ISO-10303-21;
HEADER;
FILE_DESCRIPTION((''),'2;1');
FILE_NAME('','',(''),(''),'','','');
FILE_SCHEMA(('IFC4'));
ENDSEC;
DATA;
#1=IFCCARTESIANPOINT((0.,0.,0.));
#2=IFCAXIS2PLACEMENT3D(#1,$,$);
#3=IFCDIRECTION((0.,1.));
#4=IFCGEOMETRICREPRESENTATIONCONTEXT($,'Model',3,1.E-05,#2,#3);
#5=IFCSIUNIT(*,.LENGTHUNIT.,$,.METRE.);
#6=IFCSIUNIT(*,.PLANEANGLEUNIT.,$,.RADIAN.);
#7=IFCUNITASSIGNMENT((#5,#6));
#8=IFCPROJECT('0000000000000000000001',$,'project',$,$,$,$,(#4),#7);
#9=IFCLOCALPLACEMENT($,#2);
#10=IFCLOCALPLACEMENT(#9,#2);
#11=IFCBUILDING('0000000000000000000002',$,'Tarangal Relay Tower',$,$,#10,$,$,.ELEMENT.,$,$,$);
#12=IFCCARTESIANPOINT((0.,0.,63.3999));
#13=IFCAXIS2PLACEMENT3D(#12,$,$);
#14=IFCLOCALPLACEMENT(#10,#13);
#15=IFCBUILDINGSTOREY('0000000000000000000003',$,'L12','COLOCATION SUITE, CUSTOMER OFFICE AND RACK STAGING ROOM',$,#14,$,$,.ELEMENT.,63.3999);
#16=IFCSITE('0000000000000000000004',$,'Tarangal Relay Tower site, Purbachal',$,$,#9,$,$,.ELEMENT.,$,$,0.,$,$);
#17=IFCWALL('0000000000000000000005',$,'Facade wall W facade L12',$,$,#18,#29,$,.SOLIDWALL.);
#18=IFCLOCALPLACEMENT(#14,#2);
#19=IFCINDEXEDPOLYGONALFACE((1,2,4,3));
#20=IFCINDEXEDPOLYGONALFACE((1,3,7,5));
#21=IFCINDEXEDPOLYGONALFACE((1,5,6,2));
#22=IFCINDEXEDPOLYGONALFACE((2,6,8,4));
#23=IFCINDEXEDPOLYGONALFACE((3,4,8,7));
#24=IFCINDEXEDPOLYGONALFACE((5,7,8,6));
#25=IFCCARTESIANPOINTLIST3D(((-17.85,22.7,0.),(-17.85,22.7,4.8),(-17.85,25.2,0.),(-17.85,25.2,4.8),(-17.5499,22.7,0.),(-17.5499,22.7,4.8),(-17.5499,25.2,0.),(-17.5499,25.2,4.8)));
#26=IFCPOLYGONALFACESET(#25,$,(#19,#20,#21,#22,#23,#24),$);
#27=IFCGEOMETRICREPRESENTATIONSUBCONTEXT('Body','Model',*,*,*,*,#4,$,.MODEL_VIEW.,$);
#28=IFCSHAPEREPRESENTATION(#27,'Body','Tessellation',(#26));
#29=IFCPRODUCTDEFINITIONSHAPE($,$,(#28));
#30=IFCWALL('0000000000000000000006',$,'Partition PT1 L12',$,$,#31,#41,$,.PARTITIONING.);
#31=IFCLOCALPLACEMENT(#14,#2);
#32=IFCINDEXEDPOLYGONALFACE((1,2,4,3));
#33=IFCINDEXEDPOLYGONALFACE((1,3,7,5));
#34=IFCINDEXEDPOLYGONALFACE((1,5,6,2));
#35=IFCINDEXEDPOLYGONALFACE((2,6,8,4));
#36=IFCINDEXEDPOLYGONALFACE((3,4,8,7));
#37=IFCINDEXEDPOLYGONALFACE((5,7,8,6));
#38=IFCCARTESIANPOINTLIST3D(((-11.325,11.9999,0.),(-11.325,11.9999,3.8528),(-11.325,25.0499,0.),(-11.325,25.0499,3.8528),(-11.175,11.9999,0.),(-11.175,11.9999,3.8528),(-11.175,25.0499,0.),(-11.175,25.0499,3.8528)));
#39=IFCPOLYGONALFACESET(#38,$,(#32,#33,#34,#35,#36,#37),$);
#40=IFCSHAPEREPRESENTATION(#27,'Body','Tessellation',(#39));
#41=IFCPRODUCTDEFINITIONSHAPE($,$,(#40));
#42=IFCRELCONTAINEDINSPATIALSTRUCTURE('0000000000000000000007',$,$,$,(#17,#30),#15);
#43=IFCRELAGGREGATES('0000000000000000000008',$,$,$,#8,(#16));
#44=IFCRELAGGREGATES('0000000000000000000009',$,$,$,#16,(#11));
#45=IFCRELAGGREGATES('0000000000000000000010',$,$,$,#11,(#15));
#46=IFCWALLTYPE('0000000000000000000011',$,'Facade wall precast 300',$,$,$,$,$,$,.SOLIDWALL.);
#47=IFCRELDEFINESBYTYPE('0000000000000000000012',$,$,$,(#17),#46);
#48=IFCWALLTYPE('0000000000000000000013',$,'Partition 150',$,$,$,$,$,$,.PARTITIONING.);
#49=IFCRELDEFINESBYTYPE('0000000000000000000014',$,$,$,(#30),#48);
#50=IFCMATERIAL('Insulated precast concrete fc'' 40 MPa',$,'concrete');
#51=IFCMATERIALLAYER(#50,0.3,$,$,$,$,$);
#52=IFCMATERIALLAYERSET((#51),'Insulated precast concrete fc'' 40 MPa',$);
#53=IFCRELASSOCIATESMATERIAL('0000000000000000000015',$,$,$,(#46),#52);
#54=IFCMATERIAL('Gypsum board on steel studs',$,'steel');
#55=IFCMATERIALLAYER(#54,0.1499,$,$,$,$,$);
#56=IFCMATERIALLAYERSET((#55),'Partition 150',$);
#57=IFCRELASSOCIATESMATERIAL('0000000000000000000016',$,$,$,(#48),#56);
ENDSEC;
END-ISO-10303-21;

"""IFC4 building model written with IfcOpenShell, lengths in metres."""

from ifc_helpers import new_model, si_unit, direction, frame, frame_2d, origin, place, context, subcontext, project, spatial, rectangle, extrude, material, layer, layer_set, type_object, element, save


model = new_model("IFC4")

# Units and contexts
model_context = context("Model", 3, precision=1e-05, world=origin(), true_north=direction((0.0, 1.0)))
body_context = subcontext(model_context, "Body", "Model", "MODEL_VIEW")
ifc_project = project(units=[si_unit("LENGTHUNIT", "METRE"), si_unit("PLANEANGLEUNIT", "RADIAN")], contexts=[model_context])

# Site, building, storey
site_placement = place(None, origin())
site = spatial("IfcSite", under=ifc_project, at=site_placement, Name="Tarangal Relay Tower site, Purbachal", CompositionType="ELEMENT", RefElevation=0.0)
building_placement = place(site_placement, origin())
building = spatial("IfcBuilding", under=site, at=building_placement, Name="Tarangal Relay Tower", CompositionType="ELEMENT")
storey_placement = place(building_placement, frame((0.0, 0.0, 63.3999)))
storey = spatial("IfcBuildingStorey", under=building, at=storey_placement, Name="L12", Description="COLOCATION SUITE, CUSTOMER OFFICE AND RACK STAGING ROOM", CompositionType="ELEMENT", Elevation=63.3999)

# Shared definitions
ifc_material_1 = material(Name="Insulated precast concrete fc' 40 MPa", Category="concrete")
ifc_layer_1 = layer(ifc_material_1, 0.3)
ifc_layer_set_1 = layer_set([ifc_layer_1], Name="Insulated precast concrete fc' 40 MPa")
wall_type_1 = type_object("IfcWallType", Name="Facade wall precast 300", PredefinedType="SOLIDWALL", material=ifc_layer_set_1)

# Walls
for number, where, z_axis, x_axis, name in (
    (1, (-17.7, 22.7, 0.0), (0.0, 0.0, 1.0), (0.0, 1.0, 0.0), "Facade wall W facade L12"),
):
    element("IfcWall", number, at=place(storey_placement, frame(where, z_axis=z_axis, x_axis=x_axis)), inside=storey, type_object=wall_type_1, Name=name, PredefinedType="SOLIDWALL", context=body_context, shape_type="SweptSolid", body=[
        extrude(rectangle(XDim=2.5, YDim=0.3, at=frame_2d((1.25, 0.0))), origin(), (0.0, 0.0, 1.0), 4.8),
    ])
ifc_material_2 = material(Name="Gypsum board on steel studs", Category="steel")
ifc_layer_2 = layer(ifc_material_2, 0.1499)
ifc_layer_set_2 = layer_set([ifc_layer_2], Name="Partition 150")
wall_type_2 = type_object("IfcWallType", Name="Partition 150", PredefinedType="PARTITIONING", material=ifc_layer_set_2)
wall_1_placement = place(storey_placement, frame((-11.25, 12.0, 0.0), z_axis=(0.0, 0.0, 1.0), x_axis=(0.0, 1.0, 0.0)))
element("IfcWall", 2, at=wall_1_placement, inside=storey, type_object=wall_type_2, Name="Partition PT1 L12", PredefinedType="PARTITIONING", context=body_context, shape_type="SweptSolid", body=[
    extrude(rectangle(XDim=13.05, YDim=0.1499, at=frame_2d((6.5249, 0.0))), origin(), (0.0, 0.0, 1.0), 3.8528),
])

save(model, "model.ifc")
